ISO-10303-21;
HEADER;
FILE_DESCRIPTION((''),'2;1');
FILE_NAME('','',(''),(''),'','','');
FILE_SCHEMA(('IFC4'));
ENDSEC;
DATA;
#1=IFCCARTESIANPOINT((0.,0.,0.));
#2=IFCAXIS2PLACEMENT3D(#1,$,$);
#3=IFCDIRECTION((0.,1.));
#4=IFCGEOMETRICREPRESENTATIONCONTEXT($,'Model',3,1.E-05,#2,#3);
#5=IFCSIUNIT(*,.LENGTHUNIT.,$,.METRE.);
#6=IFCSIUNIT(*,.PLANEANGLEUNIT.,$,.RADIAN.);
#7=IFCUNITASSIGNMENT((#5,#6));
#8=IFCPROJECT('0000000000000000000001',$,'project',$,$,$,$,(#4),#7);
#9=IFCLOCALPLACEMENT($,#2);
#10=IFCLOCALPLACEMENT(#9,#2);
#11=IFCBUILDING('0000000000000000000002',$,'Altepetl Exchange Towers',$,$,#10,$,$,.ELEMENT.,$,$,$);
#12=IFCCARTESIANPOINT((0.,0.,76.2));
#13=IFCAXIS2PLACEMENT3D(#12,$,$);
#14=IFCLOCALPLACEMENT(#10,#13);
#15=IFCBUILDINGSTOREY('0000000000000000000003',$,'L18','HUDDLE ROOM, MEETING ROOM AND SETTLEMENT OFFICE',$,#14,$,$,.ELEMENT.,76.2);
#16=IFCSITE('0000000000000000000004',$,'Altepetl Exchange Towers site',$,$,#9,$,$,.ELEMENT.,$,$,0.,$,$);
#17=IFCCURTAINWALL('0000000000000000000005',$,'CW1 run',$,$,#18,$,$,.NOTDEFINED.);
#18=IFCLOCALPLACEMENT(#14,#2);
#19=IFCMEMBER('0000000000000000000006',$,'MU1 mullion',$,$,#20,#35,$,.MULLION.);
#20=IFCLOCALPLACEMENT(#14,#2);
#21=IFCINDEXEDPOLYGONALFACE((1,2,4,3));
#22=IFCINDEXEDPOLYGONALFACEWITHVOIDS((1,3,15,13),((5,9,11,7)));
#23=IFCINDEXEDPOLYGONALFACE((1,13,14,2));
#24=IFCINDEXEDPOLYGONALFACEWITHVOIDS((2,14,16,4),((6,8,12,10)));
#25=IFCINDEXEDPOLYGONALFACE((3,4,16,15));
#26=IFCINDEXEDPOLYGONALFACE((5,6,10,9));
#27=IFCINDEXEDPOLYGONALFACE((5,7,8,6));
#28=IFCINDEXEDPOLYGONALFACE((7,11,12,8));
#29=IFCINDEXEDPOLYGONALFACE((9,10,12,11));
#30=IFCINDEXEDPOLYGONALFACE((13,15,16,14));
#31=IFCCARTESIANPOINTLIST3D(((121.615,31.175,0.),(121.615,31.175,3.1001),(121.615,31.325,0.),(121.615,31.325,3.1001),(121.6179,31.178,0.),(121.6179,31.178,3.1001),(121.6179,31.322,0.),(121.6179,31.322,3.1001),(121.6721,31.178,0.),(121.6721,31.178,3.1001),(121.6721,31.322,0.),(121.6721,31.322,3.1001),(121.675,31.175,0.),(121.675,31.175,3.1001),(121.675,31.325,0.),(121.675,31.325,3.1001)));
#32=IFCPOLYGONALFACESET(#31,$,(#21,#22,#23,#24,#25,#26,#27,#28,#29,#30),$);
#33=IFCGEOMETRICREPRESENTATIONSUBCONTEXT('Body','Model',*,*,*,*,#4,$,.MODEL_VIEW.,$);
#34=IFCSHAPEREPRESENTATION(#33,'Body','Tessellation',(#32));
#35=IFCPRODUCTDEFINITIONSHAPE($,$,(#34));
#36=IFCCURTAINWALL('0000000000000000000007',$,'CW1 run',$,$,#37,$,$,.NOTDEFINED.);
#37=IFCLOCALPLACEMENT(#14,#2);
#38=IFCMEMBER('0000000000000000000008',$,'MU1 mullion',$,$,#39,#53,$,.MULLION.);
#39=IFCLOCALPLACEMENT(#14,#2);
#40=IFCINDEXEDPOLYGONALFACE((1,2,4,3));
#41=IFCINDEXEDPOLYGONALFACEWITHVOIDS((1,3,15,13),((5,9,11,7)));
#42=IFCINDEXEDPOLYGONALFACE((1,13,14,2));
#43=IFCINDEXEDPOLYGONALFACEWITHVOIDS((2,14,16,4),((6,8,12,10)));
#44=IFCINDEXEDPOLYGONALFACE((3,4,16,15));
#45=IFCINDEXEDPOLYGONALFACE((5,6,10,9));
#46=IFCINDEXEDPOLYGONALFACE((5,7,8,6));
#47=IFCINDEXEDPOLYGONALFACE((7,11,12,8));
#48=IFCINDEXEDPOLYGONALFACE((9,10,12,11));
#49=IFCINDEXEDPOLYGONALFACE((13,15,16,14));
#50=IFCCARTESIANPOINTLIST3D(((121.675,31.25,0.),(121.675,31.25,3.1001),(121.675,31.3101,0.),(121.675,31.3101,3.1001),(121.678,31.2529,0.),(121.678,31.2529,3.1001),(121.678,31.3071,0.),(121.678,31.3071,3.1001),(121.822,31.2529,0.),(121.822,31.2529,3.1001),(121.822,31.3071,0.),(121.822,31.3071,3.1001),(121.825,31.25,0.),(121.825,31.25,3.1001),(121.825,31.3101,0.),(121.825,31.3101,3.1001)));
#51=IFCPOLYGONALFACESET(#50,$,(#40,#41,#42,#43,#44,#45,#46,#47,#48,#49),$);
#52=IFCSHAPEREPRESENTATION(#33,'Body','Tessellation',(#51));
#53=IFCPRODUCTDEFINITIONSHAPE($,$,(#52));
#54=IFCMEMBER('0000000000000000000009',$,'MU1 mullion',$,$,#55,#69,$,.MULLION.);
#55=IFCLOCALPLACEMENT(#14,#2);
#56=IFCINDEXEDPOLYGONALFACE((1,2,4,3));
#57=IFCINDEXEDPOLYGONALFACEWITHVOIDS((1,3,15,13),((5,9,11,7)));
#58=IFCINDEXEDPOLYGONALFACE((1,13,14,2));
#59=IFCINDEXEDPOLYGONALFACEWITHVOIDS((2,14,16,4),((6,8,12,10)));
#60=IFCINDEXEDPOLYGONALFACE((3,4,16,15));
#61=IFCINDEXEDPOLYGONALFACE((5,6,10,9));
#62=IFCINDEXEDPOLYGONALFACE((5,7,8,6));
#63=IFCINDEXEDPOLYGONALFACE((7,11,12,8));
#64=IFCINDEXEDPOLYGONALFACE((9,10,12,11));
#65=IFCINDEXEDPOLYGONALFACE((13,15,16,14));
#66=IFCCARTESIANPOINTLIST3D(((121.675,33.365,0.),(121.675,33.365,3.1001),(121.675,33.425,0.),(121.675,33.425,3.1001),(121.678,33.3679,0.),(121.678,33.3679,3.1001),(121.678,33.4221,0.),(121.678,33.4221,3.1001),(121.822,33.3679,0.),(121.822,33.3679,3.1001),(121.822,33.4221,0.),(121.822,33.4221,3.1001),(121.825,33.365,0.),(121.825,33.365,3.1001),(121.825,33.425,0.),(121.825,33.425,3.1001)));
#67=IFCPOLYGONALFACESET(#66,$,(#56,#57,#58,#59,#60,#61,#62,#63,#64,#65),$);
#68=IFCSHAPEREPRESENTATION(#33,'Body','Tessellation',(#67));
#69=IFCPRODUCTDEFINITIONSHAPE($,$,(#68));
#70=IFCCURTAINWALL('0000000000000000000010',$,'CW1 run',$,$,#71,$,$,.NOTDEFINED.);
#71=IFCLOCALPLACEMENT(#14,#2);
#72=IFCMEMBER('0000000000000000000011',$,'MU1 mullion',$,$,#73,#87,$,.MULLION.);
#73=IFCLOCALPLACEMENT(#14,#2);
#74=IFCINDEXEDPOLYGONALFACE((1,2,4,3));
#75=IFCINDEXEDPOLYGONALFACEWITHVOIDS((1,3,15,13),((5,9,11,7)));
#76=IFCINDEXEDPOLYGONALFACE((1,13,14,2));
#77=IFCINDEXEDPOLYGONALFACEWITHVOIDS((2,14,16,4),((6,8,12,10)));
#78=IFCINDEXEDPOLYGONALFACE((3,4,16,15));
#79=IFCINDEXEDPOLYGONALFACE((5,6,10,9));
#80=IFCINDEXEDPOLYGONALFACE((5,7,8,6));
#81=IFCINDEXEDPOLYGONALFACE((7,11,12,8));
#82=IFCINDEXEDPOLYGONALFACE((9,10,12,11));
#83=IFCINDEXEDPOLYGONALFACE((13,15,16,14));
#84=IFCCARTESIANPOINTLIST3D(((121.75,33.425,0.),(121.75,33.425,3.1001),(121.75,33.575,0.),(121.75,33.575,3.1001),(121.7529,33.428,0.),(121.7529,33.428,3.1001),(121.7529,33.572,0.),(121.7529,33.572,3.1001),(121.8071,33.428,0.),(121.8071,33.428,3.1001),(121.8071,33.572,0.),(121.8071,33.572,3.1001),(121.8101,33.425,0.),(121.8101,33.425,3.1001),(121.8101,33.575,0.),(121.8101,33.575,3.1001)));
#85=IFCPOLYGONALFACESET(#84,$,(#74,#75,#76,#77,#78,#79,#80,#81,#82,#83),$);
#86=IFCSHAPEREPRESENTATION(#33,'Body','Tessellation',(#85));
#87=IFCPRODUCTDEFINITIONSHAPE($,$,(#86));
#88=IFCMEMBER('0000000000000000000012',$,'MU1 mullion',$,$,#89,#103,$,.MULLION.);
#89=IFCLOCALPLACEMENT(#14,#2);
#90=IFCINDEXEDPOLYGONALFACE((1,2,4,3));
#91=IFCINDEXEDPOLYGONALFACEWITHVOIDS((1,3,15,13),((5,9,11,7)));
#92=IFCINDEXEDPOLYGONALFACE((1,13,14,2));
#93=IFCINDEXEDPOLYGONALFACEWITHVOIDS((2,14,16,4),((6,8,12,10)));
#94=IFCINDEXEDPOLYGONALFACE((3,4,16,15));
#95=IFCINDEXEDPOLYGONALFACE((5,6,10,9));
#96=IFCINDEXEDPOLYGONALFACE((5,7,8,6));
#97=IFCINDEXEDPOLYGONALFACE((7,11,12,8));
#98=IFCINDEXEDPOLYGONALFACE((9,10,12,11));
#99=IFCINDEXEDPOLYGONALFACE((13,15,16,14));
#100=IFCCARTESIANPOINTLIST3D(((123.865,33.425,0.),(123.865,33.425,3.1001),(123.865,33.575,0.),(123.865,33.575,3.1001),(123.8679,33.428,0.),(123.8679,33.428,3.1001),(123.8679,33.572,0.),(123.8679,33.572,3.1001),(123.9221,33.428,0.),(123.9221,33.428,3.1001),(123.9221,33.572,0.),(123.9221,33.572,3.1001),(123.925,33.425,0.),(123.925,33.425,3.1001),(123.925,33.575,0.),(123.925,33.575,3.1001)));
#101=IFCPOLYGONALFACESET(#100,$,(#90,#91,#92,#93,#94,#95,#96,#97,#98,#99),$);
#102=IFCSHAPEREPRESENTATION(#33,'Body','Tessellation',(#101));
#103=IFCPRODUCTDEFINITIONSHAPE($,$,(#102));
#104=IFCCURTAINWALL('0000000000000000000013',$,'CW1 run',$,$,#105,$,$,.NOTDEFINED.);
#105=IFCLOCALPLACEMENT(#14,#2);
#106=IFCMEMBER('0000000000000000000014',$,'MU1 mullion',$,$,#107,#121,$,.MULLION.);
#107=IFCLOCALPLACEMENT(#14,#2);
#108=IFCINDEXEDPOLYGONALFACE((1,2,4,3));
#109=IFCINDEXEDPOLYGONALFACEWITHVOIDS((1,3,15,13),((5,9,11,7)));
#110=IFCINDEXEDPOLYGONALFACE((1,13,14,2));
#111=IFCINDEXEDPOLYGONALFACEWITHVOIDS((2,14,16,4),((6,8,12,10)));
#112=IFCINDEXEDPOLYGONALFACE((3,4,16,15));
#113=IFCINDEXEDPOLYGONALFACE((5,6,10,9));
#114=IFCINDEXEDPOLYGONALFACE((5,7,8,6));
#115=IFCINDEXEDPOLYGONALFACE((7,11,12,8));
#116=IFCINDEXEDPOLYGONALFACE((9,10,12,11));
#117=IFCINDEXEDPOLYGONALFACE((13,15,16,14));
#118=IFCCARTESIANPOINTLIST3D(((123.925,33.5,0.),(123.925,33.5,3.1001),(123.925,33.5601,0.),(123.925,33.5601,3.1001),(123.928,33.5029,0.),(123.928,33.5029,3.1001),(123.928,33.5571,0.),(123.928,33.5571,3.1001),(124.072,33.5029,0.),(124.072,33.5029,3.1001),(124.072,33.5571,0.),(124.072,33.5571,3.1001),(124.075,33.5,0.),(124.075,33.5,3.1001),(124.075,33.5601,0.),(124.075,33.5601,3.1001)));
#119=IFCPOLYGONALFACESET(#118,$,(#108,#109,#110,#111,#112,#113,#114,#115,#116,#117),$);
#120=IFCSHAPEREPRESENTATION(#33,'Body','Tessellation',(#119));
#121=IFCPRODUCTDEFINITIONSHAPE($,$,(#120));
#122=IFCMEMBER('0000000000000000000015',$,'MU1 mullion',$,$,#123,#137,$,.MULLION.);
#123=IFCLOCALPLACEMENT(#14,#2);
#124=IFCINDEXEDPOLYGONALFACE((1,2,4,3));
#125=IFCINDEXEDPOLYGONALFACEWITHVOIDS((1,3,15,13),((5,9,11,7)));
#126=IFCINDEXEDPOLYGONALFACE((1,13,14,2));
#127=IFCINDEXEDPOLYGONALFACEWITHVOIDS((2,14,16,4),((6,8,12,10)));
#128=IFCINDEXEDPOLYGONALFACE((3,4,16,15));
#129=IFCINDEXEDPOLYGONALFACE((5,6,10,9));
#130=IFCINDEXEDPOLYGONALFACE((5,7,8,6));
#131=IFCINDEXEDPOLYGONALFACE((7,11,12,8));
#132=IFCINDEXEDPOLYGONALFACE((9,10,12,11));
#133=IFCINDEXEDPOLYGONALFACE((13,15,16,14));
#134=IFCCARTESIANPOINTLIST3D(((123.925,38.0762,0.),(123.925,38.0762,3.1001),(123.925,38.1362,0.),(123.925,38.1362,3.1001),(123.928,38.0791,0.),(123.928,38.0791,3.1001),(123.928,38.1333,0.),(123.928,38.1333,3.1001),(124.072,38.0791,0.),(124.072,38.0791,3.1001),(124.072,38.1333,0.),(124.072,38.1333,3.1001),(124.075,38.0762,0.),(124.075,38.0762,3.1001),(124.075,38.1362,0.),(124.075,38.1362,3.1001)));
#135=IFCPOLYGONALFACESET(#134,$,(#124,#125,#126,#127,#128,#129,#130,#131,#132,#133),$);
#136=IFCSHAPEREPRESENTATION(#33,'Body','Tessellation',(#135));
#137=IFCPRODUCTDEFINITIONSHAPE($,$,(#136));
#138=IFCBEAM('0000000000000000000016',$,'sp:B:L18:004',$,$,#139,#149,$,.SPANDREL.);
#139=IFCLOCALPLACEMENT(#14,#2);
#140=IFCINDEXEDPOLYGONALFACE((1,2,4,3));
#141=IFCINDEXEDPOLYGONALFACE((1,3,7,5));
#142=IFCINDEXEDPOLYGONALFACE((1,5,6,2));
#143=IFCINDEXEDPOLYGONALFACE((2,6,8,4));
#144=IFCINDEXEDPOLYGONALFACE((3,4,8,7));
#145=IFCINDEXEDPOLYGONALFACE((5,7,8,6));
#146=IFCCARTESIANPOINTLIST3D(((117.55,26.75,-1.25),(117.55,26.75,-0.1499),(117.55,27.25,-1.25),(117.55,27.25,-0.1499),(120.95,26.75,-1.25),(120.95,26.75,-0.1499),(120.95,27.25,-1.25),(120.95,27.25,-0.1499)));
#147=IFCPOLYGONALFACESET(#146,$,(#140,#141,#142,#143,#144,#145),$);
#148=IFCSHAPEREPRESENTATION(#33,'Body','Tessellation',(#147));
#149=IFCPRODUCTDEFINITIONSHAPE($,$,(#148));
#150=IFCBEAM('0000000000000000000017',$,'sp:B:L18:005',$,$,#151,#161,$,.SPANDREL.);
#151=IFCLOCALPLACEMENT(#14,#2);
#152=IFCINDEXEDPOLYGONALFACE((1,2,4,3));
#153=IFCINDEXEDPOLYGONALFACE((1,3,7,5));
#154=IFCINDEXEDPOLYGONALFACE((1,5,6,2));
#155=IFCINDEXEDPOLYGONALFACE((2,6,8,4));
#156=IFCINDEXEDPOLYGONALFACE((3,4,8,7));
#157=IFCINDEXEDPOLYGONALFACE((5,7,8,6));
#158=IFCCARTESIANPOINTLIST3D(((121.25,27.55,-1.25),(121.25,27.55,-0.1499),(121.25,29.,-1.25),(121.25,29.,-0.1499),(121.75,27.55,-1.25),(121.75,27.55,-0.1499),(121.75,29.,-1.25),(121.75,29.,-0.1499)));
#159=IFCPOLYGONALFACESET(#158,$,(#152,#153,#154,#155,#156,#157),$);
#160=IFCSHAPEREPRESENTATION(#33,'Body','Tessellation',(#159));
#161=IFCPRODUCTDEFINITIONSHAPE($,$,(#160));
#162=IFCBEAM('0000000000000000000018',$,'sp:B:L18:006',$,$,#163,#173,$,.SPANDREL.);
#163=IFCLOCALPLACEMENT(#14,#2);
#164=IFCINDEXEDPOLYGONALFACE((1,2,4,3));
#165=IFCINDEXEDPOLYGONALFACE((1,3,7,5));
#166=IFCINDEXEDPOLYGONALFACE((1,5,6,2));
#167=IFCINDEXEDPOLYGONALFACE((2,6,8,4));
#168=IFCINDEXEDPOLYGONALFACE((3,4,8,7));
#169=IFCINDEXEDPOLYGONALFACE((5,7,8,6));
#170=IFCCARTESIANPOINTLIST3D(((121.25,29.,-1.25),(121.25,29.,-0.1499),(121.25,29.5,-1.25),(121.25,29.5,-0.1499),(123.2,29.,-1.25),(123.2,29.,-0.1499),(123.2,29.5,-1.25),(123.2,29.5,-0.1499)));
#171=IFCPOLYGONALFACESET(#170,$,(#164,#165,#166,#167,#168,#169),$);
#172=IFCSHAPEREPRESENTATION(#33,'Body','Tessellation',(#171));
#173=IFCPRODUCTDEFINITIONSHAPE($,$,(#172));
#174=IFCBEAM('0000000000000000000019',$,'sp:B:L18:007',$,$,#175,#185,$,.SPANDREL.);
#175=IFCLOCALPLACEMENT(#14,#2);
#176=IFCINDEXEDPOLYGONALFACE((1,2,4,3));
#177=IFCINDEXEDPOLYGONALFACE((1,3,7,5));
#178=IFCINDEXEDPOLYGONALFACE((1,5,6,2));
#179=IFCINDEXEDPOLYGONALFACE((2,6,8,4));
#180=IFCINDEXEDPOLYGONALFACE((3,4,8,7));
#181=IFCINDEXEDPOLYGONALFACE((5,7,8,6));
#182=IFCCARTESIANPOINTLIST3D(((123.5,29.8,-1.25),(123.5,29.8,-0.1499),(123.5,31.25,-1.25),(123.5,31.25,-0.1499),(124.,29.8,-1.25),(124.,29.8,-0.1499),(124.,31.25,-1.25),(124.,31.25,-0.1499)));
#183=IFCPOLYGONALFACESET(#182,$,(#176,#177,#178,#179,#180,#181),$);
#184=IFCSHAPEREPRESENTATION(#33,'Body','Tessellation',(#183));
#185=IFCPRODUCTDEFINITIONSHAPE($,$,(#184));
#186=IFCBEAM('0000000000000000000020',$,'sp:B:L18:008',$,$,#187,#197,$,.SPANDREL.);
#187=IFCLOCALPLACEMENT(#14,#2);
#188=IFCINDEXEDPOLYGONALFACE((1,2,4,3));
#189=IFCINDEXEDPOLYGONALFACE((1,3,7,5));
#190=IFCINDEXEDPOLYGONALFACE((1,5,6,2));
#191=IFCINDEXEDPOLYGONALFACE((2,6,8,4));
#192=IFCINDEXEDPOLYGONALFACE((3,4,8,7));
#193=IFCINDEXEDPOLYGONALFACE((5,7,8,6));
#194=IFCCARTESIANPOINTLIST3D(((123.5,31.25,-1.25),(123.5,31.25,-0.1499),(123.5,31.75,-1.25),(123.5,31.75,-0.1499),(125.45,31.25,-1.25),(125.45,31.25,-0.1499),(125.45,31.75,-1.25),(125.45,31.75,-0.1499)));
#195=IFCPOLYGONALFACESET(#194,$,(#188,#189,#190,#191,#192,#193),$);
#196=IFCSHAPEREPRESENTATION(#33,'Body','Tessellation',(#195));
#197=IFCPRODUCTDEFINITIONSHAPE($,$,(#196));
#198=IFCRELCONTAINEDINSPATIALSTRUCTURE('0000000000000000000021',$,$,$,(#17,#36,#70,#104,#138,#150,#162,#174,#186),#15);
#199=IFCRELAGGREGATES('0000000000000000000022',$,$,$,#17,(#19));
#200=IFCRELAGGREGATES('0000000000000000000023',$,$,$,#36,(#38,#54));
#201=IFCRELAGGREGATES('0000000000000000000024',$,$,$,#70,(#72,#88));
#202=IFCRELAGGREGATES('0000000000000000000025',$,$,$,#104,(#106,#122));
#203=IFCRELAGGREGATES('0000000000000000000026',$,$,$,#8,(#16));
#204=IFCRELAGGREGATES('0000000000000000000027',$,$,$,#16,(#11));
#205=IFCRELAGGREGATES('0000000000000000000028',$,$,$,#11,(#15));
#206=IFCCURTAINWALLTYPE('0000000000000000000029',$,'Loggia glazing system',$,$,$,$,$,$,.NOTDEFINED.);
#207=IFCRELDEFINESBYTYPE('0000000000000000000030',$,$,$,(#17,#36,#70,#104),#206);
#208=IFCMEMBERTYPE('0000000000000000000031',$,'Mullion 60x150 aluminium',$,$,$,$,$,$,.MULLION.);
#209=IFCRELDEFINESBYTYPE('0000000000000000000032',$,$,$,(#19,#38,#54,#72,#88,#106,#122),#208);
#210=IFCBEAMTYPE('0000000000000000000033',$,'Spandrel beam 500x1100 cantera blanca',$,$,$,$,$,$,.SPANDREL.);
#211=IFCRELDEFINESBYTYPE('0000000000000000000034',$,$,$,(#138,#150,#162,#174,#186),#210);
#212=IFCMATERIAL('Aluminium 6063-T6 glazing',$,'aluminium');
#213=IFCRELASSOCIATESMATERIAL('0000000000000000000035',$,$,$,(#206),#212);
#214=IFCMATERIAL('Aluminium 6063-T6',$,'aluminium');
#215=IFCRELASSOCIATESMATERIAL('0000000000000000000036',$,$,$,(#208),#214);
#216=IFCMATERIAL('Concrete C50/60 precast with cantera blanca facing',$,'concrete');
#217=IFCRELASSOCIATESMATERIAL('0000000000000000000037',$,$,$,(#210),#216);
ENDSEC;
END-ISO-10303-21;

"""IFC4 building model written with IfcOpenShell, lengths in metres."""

from ifc_helpers import new_model, si_unit, direction, frame, origin, origin_2d, place, context, subcontext, project, spatial, rectangle, hollow_rectangle, extrude, material, material_profile, profile_set, type_object, element, aggregate, save


model = new_model("IFC4")

# Units and contexts
model_context = context("Model", 3, precision=1e-05, world=origin(), true_north=direction((0.0, 1.0)))
body_context = subcontext(model_context, "Body", "Model", "MODEL_VIEW")
ifc_project = project(units=[si_unit("LENGTHUNIT", "METRE"), si_unit("PLANEANGLEUNIT", "RADIAN")], contexts=[model_context])

# Site, building, storey
site_placement = place(None, origin())
site = spatial("IfcSite", under=ifc_project, at=site_placement, Name="Altepetl Exchange Towers site", CompositionType="ELEMENT", RefElevation=0.0)
building_placement = place(site_placement, origin())
building = spatial("IfcBuilding", under=site, at=building_placement, Name="Altepetl Exchange Towers", CompositionType="ELEMENT")
storey_placement = place(building_placement, frame((0.0, 0.0, 76.2)))
storey = spatial("IfcBuildingStorey", under=building, at=storey_placement, Name="L18", Description="HUDDLE ROOM, MEETING ROOM AND SETTLEMENT OFFICE", CompositionType="ELEMENT", Elevation=76.2)

# Shared definitions
ifc_material_1 = material(Name="Aluminium 6063-T6 glazing", Category="aluminium")
curtain_wall_type = type_object("IfcCurtainWallType", Name="Loggia glazing system", PredefinedType="NOTDEFINED", material=ifc_material_1)
ifc_material_2 = material(Name="Aluminium 6063-T6", Category="aluminium")
ifc_material_profile_1 = material_profile(ifc_material_2, hollow_rectangle(XDim=0.0601, YDim=0.1499, WallThickness=0.0029, at=origin_2d()), Name="Mullion 60x150 aluminium")
ifc_profile_set_1 = profile_set([ifc_material_profile_1], Name="Aluminium 6063-T6")
member_type = type_object("IfcMemberType", Name="Mullion 60x150 aluminium", PredefinedType="MULLION", material=ifc_profile_set_1)

# Curtain walls, members
curtain_wall_1_placement = place(storey_placement, origin())
curtain_wall_1 = element("IfcCurtainWall", 1, at=curtain_wall_1_placement, inside=storey, type_object=curtain_wall_type, Name="CW1 run", PredefinedType="NOTDEFINED")
member_1_placement = place(storey_placement, frame((121.645, 31.25, 0.0)))
member_1 = element("IfcMember", 2, at=member_1_placement, type_object=member_type, Name="MU1 mullion", PredefinedType="MULLION", context=body_context, shape_type="SweptSolid", body=[
    extrude(hollow_rectangle(XDim=0.0601, YDim=0.1499, WallThickness=0.0029, at=origin_2d()), origin(), (0.0, 0.0, 1.0), 3.1001),
])
curtain_wall_2_placement = place(storey_placement, origin())
curtain_wall_2 = element("IfcCurtainWall", 3, at=curtain_wall_2_placement, inside=storey, type_object=curtain_wall_type, Name="CW1 run", PredefinedType="NOTDEFINED")
member_2_placement = place(storey_placement, frame((121.75, 31.28, 0.0), z_axis=(0.0, 0.0, 1.0), x_axis=(0.0, 1.0, 0.0)))
member_2 = element("IfcMember", 4, at=member_2_placement, type_object=member_type, Name="MU1 mullion", PredefinedType="MULLION", context=body_context, shape_type="SweptSolid", body=[
    extrude(hollow_rectangle(XDim=0.0601, YDim=0.1499, WallThickness=0.0029, at=origin_2d()), origin(), (0.0, 0.0, 1.0), 3.1001),
])
member_3_placement = place(storey_placement, frame((121.75, 33.395, 0.0), z_axis=(0.0, 0.0, 1.0), x_axis=(0.0, 1.0, 0.0)))
member_3 = element("IfcMember", 5, at=member_3_placement, type_object=member_type, Name="MU1 mullion", PredefinedType="MULLION", context=body_context, shape_type="SweptSolid", body=[
    extrude(hollow_rectangle(XDim=0.0601, YDim=0.1499, WallThickness=0.0029, at=origin_2d()), origin(), (0.0, 0.0, 1.0), 3.1001),
])
curtain_wall_3_placement = place(storey_placement, origin())
curtain_wall_3 = element("IfcCurtainWall", 6, at=curtain_wall_3_placement, inside=storey, type_object=curtain_wall_type, Name="CW1 run", PredefinedType="NOTDEFINED")
member_4_placement = place(storey_placement, frame((121.78, 33.5, 0.0)))
member_4 = element("IfcMember", 7, at=member_4_placement, type_object=member_type, Name="MU1 mullion", PredefinedType="MULLION", context=body_context, shape_type="SweptSolid", body=[
    extrude(hollow_rectangle(XDim=0.0601, YDim=0.1499, WallThickness=0.0029, at=origin_2d()), origin(), (0.0, 0.0, 1.0), 3.1001),
])
member_5_placement = place(storey_placement, frame((123.895, 33.5, 0.0)))
member_5 = element("IfcMember", 8, at=member_5_placement, type_object=member_type, Name="MU1 mullion", PredefinedType="MULLION", context=body_context, shape_type="SweptSolid", body=[
    extrude(hollow_rectangle(XDim=0.0601, YDim=0.1499, WallThickness=0.0029, at=origin_2d()), origin(), (0.0, 0.0, 1.0), 3.1001),
])
curtain_wall_4_placement = place(storey_placement, origin())
curtain_wall_4 = element("IfcCurtainWall", 9, at=curtain_wall_4_placement, inside=storey, type_object=curtain_wall_type, Name="CW1 run", PredefinedType="NOTDEFINED")
member_6_placement = place(storey_placement, frame((124.0, 33.53, 0.0), z_axis=(0.0, 0.0, 1.0), x_axis=(0.0, 1.0, 0.0)))
member_6 = element("IfcMember", 10, at=member_6_placement, type_object=member_type, Name="MU1 mullion", PredefinedType="MULLION", context=body_context, shape_type="SweptSolid", body=[
    extrude(hollow_rectangle(XDim=0.0601, YDim=0.1499, WallThickness=0.0029, at=origin_2d()), origin(), (0.0, 0.0, 1.0), 3.1001),
])
member_7_placement = place(storey_placement, frame((124.0, 38.1062, 0.0), z_axis=(0.0, 0.0, 1.0), x_axis=(0.0, 1.0, 0.0)))
member_7 = element("IfcMember", 11, at=member_7_placement, type_object=member_type, Name="MU1 mullion", PredefinedType="MULLION", context=body_context, shape_type="SweptSolid", body=[
    extrude(hollow_rectangle(XDim=0.0601, YDim=0.1499, WallThickness=0.0029, at=origin_2d()), origin(), (0.0, 0.0, 1.0), 3.1001),
])

# Beams
ifc_material_3 = material(Name="Concrete C50/60 precast with cantera blanca facing", Category="concrete")
ifc_material_profile_2 = material_profile(ifc_material_3, rectangle(XDim=0.5, YDim=1.1001, at=origin_2d()), Name="500 x 1100")
ifc_profile_set_2 = profile_set([ifc_material_profile_2], Name="Concrete C50/60 precast with cantera blanca facing")
beam_type_1 = type_object("IfcBeamType", Name="Spandrel beam 500x1100 cantera blanca", PredefinedType="SPANDREL", material=ifc_profile_set_2)
beam_1_placement = place(storey_placement, frame((117.55, 27.0, -0.7), z_axis=(1.0, 0.0, 0.0), x_axis=(0.0, 1.0, 0.0)))
element("IfcBeam", 12, at=beam_1_placement, inside=storey, type_object=beam_type_1, Name="sp:B:L18:004", PredefinedType="SPANDREL", context=body_context, shape_type="SweptSolid", body=[
    extrude(rectangle(XDim=0.5, YDim=1.1001, at=origin_2d()), origin(), (0.0, 0.0, 1.0), 3.3999),
])
beam_2_placement = place(storey_placement, frame((121.5, 27.55, -0.7), z_axis=(0.0, 1.0, 0.0), x_axis=(-1.0, 0.0, 0.0)))
element("IfcBeam", 13, at=beam_2_placement, inside=storey, type_object=beam_type_1, Name="sp:B:L18:005", PredefinedType="SPANDREL", context=body_context, shape_type="SweptSolid", body=[
    extrude(rectangle(XDim=0.5, YDim=1.1001, at=origin_2d()), origin(), (0.0, 0.0, 1.0), 1.45),
])
beam_3_placement = place(storey_placement, frame((121.25, 29.25, -0.7), z_axis=(1.0, 0.0, 0.0), x_axis=(0.0, 1.0, 0.0)))
element("IfcBeam", 14, at=beam_3_placement, inside=storey, type_object=beam_type_1, Name="sp:B:L18:006", PredefinedType="SPANDREL", context=body_context, shape_type="SweptSolid", body=[
    extrude(rectangle(XDim=0.5, YDim=1.1001, at=origin_2d()), origin(), (0.0, 0.0, 1.0), 1.95),
])
beam_4_placement = place(storey_placement, frame((123.75, 29.8, -0.7), z_axis=(0.0, 1.0, 0.0), x_axis=(-1.0, 0.0, 0.0)))
element("IfcBeam", 15, at=beam_4_placement, inside=storey, type_object=beam_type_1, Name="sp:B:L18:007", PredefinedType="SPANDREL", context=body_context, shape_type="SweptSolid", body=[
    extrude(rectangle(XDim=0.5, YDim=1.1001, at=origin_2d()), origin(), (0.0, 0.0, 1.0), 1.45),
])
beam_5_placement = place(storey_placement, frame((123.5, 31.5, -0.7), z_axis=(1.0, 0.0, 0.0), x_axis=(0.0, 1.0, 0.0)))
element("IfcBeam", 16, at=beam_5_placement, inside=storey, type_object=beam_type_1, Name="sp:B:L18:008", PredefinedType="SPANDREL", context=body_context, shape_type="SweptSolid", body=[
    extrude(rectangle(XDim=0.5, YDim=1.1001, at=origin_2d()), origin(), (0.0, 0.0, 1.0), 1.95),
])

aggregate(curtain_wall_1, [member_1])
aggregate(curtain_wall_2, [member_2, member_3])
aggregate(curtain_wall_3, [member_4, member_5])
aggregate(curtain_wall_4, [member_6, member_7])

save(model, "model.ifc")
